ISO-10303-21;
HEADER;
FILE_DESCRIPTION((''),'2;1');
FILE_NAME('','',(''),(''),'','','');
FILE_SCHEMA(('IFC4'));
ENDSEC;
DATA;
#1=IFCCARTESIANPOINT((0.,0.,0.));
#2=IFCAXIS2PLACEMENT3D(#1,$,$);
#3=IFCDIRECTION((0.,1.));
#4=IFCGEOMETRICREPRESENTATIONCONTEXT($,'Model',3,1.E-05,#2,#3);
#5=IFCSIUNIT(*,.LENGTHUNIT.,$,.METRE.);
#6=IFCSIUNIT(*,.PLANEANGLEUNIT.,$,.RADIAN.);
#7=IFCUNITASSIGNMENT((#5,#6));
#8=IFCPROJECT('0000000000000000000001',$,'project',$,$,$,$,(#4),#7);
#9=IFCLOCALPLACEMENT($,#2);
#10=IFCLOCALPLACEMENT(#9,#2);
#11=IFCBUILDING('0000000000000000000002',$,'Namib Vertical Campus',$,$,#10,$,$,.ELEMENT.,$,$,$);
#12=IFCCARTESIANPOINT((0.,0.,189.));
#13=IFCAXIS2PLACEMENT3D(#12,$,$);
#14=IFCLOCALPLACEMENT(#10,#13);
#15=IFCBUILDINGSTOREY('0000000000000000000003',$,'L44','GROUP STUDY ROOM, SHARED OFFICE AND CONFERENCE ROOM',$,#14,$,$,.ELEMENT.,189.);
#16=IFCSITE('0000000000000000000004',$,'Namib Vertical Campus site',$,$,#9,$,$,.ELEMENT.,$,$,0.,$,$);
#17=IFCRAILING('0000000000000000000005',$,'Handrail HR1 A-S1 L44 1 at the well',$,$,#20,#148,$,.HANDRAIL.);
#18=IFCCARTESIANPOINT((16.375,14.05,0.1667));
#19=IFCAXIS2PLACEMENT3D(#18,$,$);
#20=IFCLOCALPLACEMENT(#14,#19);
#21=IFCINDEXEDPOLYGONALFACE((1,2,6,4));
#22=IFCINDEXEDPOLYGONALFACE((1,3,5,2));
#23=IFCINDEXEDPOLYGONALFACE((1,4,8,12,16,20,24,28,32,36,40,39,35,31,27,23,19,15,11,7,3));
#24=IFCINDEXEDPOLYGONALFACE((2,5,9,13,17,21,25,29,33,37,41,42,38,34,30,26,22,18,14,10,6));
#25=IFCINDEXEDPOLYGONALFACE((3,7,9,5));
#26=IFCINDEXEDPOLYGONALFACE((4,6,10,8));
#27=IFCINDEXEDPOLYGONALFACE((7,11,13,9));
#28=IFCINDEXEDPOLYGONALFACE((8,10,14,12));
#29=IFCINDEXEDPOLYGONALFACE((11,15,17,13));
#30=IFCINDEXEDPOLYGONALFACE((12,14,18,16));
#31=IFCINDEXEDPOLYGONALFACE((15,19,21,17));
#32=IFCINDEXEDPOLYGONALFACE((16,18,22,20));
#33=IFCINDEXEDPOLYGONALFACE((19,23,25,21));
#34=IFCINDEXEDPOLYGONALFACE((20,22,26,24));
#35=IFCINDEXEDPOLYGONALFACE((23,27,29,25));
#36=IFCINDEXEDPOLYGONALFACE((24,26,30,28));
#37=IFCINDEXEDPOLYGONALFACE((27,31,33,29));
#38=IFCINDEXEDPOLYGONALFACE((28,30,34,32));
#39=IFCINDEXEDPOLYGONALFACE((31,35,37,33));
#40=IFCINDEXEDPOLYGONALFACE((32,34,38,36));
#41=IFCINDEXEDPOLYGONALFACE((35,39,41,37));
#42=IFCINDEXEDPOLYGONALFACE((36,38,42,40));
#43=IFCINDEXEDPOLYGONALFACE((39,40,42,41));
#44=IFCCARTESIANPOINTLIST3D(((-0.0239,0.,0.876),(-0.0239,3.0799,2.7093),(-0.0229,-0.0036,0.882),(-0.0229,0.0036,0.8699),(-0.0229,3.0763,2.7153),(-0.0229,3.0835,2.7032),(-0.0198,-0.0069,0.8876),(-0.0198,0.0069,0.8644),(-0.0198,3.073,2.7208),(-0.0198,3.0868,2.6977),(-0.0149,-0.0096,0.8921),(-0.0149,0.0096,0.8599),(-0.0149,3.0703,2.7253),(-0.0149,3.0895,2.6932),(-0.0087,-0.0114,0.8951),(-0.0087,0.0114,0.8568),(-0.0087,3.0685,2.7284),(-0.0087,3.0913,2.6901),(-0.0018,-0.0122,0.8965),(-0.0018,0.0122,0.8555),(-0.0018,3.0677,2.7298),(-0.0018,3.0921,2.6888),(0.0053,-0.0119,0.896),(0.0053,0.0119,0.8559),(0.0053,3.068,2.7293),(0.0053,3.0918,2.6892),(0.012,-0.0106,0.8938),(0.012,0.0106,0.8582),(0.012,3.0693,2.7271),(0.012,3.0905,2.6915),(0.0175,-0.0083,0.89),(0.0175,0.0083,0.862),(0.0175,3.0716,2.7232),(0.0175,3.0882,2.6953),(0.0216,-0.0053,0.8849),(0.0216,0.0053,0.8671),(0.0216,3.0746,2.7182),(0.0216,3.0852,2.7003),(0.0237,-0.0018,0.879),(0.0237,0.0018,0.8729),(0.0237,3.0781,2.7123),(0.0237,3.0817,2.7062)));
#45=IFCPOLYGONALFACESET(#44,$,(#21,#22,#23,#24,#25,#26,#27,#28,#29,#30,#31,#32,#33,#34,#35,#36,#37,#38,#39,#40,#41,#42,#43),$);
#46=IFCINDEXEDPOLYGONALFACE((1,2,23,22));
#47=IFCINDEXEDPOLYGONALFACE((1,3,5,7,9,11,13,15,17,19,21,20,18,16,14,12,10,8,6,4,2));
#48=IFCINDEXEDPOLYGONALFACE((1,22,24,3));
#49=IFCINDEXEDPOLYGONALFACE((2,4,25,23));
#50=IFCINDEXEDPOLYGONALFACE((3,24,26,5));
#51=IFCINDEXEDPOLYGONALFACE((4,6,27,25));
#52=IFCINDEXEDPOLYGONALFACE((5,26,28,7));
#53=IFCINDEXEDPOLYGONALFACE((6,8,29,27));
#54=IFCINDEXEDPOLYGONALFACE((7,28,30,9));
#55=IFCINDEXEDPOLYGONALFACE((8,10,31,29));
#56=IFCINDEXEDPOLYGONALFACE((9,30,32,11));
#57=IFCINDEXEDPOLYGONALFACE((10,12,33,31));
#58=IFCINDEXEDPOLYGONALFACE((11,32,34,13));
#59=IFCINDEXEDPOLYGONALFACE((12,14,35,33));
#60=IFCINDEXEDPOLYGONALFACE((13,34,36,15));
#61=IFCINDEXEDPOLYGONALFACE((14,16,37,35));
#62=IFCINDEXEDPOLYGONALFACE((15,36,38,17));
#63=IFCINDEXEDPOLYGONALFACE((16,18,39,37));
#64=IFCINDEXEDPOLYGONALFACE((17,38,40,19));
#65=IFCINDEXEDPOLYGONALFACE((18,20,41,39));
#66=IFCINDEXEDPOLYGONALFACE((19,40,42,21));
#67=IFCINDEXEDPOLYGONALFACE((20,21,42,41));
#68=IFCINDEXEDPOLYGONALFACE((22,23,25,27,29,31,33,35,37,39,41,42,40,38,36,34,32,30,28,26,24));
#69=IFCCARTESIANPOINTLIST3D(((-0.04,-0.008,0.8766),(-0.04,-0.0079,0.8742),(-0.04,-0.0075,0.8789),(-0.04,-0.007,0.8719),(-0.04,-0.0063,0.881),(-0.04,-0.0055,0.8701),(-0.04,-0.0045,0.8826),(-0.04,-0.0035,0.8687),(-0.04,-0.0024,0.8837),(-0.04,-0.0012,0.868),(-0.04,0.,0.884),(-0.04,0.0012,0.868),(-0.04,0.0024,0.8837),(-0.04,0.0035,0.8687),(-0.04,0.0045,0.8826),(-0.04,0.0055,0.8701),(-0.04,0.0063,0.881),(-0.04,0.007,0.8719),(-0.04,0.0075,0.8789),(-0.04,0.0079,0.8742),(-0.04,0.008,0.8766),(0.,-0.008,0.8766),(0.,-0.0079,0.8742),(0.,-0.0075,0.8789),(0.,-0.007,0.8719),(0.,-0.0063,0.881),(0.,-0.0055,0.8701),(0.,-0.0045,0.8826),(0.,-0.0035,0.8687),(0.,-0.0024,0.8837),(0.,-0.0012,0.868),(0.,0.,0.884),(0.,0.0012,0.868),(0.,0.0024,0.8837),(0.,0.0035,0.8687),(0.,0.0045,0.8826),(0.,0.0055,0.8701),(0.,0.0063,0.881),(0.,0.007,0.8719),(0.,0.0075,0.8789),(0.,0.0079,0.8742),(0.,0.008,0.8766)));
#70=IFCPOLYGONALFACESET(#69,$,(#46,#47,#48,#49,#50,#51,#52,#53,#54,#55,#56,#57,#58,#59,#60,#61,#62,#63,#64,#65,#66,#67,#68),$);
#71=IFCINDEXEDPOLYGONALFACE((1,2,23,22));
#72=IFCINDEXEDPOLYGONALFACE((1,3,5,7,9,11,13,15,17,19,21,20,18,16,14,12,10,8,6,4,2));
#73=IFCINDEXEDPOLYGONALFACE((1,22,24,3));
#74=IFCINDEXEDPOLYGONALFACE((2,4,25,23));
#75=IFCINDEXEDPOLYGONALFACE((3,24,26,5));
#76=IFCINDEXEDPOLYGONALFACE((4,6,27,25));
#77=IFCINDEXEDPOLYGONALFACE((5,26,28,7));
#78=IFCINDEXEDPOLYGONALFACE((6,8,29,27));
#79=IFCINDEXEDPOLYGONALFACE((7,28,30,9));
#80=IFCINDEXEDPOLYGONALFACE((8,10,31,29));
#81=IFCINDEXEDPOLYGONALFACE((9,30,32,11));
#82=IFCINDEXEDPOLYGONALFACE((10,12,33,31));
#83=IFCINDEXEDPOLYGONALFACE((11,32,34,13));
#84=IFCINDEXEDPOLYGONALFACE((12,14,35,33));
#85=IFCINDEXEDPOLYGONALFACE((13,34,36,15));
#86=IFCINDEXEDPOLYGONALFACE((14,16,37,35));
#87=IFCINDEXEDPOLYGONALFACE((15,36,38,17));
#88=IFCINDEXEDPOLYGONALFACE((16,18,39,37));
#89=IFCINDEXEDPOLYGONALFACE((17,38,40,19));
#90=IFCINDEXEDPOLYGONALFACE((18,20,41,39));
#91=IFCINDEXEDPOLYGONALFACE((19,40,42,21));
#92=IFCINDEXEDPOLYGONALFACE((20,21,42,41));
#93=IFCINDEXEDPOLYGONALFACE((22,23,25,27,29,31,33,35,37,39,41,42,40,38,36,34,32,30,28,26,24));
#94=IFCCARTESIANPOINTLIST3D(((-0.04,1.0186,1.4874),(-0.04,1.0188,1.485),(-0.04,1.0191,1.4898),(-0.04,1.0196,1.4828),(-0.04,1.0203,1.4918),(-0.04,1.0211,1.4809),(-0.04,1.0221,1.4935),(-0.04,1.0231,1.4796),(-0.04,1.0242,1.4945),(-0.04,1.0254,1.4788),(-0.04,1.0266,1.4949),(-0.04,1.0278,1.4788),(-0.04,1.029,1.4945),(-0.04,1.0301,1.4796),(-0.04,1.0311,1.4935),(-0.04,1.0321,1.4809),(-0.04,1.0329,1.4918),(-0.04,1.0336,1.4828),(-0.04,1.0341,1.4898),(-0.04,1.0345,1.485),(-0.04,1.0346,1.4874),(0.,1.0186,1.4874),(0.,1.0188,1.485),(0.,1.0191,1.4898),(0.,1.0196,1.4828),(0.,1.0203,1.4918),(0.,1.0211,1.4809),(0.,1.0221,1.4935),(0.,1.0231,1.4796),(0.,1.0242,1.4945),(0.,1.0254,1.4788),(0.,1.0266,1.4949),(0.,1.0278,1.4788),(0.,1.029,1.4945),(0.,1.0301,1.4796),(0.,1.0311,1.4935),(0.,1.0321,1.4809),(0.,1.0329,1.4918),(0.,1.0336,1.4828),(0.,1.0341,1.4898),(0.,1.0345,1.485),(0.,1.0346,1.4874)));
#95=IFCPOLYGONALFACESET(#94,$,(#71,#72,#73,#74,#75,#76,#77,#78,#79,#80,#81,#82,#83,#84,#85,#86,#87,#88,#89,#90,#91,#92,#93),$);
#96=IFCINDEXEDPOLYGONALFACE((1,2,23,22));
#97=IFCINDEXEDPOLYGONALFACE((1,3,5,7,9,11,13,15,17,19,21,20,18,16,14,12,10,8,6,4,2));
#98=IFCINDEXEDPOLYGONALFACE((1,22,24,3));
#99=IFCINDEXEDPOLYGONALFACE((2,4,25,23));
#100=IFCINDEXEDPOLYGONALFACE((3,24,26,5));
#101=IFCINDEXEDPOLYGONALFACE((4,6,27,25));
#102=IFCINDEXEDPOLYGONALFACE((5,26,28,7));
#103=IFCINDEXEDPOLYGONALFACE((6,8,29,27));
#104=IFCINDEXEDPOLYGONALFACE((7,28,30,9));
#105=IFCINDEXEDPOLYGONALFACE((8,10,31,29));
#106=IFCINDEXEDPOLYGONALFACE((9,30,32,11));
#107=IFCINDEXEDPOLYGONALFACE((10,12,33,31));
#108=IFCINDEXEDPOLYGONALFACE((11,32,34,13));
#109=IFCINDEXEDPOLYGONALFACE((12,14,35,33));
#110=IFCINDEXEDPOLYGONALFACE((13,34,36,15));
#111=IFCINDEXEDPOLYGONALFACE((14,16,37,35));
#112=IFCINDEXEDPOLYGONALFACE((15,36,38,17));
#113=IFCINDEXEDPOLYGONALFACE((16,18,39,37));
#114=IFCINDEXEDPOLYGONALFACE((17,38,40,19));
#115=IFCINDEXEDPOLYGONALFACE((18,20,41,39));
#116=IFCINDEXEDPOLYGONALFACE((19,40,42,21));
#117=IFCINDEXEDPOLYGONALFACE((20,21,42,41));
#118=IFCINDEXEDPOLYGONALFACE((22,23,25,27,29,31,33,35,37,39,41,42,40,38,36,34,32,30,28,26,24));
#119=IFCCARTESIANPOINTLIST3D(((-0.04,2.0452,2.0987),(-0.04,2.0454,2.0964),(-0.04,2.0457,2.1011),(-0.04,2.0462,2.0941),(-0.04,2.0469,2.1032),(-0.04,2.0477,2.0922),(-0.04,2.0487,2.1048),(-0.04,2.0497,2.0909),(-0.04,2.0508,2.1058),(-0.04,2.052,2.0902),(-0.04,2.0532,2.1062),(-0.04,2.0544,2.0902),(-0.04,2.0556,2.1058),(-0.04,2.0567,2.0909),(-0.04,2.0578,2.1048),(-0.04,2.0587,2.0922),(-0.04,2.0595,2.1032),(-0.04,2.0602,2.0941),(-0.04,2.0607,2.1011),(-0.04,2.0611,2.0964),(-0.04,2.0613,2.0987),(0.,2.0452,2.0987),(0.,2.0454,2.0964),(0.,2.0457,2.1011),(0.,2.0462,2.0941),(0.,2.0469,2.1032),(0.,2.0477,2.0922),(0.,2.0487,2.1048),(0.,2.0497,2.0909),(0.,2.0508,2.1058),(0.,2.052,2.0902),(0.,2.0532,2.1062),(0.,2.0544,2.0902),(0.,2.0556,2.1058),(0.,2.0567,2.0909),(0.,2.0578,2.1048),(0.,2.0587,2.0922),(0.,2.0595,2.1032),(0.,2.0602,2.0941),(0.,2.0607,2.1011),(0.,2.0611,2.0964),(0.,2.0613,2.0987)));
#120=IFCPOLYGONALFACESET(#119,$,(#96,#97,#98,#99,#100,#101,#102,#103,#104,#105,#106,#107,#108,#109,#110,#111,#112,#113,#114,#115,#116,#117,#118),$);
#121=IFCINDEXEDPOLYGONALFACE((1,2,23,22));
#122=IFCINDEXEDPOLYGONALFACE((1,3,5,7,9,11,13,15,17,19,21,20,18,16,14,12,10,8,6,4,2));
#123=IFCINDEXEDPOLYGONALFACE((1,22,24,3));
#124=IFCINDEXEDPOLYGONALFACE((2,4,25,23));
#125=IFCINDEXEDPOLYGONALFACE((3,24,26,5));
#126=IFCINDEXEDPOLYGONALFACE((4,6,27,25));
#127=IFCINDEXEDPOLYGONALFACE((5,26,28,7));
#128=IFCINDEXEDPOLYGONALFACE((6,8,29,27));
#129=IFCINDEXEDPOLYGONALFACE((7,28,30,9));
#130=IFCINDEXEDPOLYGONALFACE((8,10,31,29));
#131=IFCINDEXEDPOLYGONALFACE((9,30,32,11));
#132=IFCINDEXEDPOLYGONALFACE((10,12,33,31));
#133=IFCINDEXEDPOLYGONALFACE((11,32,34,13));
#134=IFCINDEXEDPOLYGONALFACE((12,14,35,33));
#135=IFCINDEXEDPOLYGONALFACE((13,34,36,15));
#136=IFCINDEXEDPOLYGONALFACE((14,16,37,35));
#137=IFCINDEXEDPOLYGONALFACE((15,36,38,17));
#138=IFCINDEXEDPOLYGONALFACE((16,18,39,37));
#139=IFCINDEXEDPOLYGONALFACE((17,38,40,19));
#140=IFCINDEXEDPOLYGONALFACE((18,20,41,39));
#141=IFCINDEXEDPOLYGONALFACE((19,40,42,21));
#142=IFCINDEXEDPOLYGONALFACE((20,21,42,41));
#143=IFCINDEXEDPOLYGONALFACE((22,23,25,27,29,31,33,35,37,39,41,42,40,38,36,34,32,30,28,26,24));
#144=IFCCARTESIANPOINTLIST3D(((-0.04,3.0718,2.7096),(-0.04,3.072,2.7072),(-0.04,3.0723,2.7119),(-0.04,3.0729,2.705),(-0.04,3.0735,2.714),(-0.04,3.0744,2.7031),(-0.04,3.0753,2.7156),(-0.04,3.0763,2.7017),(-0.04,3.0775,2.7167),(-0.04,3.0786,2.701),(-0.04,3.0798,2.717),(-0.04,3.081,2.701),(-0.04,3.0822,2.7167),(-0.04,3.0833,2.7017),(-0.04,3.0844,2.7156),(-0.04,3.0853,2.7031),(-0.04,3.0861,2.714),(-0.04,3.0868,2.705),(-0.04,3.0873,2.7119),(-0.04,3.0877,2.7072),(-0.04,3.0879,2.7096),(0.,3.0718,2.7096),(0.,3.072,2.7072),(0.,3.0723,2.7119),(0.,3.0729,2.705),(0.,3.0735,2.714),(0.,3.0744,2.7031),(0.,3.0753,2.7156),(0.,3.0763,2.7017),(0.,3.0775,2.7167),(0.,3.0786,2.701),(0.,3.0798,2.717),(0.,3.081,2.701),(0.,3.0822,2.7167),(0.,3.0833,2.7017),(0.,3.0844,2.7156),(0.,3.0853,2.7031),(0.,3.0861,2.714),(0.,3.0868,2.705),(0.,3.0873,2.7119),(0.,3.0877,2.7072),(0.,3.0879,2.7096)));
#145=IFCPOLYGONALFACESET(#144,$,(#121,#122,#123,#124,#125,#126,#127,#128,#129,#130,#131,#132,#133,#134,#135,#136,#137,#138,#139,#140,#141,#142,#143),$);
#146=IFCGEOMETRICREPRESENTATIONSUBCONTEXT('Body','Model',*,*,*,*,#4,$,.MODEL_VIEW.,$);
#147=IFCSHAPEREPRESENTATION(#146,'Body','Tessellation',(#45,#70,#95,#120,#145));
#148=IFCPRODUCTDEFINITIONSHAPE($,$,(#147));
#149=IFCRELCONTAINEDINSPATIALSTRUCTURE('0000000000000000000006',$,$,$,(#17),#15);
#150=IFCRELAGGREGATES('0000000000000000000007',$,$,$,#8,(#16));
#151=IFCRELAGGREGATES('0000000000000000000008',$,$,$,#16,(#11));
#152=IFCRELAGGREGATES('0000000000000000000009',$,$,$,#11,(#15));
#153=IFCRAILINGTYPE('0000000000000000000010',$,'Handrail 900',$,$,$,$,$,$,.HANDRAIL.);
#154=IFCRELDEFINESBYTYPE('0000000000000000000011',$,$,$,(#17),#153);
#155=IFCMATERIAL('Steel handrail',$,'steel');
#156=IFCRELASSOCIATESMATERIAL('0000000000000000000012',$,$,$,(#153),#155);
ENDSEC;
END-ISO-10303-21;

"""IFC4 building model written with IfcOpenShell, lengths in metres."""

from ifc_helpers import new_model, si_unit, direction, frame, origin, origin_2d, place, context, subcontext, project, spatial, circle, extrude, material, type_object, element, save


model = new_model("IFC4")

# Units and contexts
model_context = context("Model", 3, precision=1e-05, world=origin(), true_north=direction((0.0, 1.0)))
body_context = subcontext(model_context, "Body", "Model", "MODEL_VIEW")
ifc_project = project(units=[si_unit("LENGTHUNIT", "METRE"), si_unit("PLANEANGLEUNIT", "RADIAN")], contexts=[model_context])

# Site, building, storey
site_placement = place(None, origin())
site = spatial("IfcSite", under=ifc_project, at=site_placement, Name="Namib Vertical Campus site", CompositionType="ELEMENT", RefElevation=0.0)
building_placement = place(site_placement, origin())
building = spatial("IfcBuilding", under=site, at=building_placement, Name="Namib Vertical Campus", CompositionType="ELEMENT")
storey_placement = place(building_placement, frame((0.0, 0.0, 189.0)))
storey = spatial("IfcBuildingStorey", under=building, at=storey_placement, Name="L44", Description="GROUP STUDY ROOM, SHARED OFFICE AND CONFERENCE ROOM", CompositionType="ELEMENT", Elevation=189.0)

# Railing
ifc_material_1 = material(Name="Steel handrail", Category="steel")
railing_type_1 = type_object("IfcRailingType", Name="Handrail 900", PredefinedType="HANDRAIL", material=ifc_material_1)
railing_1_placement = place(storey_placement, frame((16.375, 14.05, 0.1667)))
element("IfcRailing", 1, at=railing_1_placement, inside=storey, type_object=railing_type_1, Name="Handrail HR1 A-S1 L44 1 at the well", PredefinedType="HANDRAIL", context=body_context, shape_type="SweptSolid", body=[
    extrude(circle(Radius=0.0239, at=origin_2d()), frame((0.0, 0.0, 0.876), z_axis=(0.0, 0.859291, 0.511487), x_axis=(-1.0, 0.0, 0.0)), (0.0, 0.0, 1.0), 3.5842),
    extrude(circle(Radius=0.0081, at=origin_2d()), frame((0.0, 0.0, 0.876), z_axis=(-1.0, 0.0, 0.0), x_axis=(0.0, 0.0, 1.0)), (0.0, 0.0, 1.0), 0.04),
    extrude(circle(Radius=0.0081, at=origin_2d()), frame((0.0, 1.0266, 1.4868), z_axis=(-1.0, 0.0, 0.0), x_axis=(0.0, 0.0, 1.0)), (0.0, 0.0, 1.0), 0.04),
    extrude(circle(Radius=0.0081, at=origin_2d()), frame((0.0, 2.0532, 2.0981), z_axis=(-1.0, 0.0, 0.0), x_axis=(0.0, 0.0, 1.0)), (0.0, 0.0, 1.0), 0.04),
    extrude(circle(Radius=0.0081, at=origin_2d()), frame((0.0, 3.0798, 2.709), z_axis=(-1.0, 0.0, 0.0), x_axis=(0.0, 0.0, 1.0)), (0.0, 0.0, 1.0), 0.04),
])

save(model, "model.ifc")
